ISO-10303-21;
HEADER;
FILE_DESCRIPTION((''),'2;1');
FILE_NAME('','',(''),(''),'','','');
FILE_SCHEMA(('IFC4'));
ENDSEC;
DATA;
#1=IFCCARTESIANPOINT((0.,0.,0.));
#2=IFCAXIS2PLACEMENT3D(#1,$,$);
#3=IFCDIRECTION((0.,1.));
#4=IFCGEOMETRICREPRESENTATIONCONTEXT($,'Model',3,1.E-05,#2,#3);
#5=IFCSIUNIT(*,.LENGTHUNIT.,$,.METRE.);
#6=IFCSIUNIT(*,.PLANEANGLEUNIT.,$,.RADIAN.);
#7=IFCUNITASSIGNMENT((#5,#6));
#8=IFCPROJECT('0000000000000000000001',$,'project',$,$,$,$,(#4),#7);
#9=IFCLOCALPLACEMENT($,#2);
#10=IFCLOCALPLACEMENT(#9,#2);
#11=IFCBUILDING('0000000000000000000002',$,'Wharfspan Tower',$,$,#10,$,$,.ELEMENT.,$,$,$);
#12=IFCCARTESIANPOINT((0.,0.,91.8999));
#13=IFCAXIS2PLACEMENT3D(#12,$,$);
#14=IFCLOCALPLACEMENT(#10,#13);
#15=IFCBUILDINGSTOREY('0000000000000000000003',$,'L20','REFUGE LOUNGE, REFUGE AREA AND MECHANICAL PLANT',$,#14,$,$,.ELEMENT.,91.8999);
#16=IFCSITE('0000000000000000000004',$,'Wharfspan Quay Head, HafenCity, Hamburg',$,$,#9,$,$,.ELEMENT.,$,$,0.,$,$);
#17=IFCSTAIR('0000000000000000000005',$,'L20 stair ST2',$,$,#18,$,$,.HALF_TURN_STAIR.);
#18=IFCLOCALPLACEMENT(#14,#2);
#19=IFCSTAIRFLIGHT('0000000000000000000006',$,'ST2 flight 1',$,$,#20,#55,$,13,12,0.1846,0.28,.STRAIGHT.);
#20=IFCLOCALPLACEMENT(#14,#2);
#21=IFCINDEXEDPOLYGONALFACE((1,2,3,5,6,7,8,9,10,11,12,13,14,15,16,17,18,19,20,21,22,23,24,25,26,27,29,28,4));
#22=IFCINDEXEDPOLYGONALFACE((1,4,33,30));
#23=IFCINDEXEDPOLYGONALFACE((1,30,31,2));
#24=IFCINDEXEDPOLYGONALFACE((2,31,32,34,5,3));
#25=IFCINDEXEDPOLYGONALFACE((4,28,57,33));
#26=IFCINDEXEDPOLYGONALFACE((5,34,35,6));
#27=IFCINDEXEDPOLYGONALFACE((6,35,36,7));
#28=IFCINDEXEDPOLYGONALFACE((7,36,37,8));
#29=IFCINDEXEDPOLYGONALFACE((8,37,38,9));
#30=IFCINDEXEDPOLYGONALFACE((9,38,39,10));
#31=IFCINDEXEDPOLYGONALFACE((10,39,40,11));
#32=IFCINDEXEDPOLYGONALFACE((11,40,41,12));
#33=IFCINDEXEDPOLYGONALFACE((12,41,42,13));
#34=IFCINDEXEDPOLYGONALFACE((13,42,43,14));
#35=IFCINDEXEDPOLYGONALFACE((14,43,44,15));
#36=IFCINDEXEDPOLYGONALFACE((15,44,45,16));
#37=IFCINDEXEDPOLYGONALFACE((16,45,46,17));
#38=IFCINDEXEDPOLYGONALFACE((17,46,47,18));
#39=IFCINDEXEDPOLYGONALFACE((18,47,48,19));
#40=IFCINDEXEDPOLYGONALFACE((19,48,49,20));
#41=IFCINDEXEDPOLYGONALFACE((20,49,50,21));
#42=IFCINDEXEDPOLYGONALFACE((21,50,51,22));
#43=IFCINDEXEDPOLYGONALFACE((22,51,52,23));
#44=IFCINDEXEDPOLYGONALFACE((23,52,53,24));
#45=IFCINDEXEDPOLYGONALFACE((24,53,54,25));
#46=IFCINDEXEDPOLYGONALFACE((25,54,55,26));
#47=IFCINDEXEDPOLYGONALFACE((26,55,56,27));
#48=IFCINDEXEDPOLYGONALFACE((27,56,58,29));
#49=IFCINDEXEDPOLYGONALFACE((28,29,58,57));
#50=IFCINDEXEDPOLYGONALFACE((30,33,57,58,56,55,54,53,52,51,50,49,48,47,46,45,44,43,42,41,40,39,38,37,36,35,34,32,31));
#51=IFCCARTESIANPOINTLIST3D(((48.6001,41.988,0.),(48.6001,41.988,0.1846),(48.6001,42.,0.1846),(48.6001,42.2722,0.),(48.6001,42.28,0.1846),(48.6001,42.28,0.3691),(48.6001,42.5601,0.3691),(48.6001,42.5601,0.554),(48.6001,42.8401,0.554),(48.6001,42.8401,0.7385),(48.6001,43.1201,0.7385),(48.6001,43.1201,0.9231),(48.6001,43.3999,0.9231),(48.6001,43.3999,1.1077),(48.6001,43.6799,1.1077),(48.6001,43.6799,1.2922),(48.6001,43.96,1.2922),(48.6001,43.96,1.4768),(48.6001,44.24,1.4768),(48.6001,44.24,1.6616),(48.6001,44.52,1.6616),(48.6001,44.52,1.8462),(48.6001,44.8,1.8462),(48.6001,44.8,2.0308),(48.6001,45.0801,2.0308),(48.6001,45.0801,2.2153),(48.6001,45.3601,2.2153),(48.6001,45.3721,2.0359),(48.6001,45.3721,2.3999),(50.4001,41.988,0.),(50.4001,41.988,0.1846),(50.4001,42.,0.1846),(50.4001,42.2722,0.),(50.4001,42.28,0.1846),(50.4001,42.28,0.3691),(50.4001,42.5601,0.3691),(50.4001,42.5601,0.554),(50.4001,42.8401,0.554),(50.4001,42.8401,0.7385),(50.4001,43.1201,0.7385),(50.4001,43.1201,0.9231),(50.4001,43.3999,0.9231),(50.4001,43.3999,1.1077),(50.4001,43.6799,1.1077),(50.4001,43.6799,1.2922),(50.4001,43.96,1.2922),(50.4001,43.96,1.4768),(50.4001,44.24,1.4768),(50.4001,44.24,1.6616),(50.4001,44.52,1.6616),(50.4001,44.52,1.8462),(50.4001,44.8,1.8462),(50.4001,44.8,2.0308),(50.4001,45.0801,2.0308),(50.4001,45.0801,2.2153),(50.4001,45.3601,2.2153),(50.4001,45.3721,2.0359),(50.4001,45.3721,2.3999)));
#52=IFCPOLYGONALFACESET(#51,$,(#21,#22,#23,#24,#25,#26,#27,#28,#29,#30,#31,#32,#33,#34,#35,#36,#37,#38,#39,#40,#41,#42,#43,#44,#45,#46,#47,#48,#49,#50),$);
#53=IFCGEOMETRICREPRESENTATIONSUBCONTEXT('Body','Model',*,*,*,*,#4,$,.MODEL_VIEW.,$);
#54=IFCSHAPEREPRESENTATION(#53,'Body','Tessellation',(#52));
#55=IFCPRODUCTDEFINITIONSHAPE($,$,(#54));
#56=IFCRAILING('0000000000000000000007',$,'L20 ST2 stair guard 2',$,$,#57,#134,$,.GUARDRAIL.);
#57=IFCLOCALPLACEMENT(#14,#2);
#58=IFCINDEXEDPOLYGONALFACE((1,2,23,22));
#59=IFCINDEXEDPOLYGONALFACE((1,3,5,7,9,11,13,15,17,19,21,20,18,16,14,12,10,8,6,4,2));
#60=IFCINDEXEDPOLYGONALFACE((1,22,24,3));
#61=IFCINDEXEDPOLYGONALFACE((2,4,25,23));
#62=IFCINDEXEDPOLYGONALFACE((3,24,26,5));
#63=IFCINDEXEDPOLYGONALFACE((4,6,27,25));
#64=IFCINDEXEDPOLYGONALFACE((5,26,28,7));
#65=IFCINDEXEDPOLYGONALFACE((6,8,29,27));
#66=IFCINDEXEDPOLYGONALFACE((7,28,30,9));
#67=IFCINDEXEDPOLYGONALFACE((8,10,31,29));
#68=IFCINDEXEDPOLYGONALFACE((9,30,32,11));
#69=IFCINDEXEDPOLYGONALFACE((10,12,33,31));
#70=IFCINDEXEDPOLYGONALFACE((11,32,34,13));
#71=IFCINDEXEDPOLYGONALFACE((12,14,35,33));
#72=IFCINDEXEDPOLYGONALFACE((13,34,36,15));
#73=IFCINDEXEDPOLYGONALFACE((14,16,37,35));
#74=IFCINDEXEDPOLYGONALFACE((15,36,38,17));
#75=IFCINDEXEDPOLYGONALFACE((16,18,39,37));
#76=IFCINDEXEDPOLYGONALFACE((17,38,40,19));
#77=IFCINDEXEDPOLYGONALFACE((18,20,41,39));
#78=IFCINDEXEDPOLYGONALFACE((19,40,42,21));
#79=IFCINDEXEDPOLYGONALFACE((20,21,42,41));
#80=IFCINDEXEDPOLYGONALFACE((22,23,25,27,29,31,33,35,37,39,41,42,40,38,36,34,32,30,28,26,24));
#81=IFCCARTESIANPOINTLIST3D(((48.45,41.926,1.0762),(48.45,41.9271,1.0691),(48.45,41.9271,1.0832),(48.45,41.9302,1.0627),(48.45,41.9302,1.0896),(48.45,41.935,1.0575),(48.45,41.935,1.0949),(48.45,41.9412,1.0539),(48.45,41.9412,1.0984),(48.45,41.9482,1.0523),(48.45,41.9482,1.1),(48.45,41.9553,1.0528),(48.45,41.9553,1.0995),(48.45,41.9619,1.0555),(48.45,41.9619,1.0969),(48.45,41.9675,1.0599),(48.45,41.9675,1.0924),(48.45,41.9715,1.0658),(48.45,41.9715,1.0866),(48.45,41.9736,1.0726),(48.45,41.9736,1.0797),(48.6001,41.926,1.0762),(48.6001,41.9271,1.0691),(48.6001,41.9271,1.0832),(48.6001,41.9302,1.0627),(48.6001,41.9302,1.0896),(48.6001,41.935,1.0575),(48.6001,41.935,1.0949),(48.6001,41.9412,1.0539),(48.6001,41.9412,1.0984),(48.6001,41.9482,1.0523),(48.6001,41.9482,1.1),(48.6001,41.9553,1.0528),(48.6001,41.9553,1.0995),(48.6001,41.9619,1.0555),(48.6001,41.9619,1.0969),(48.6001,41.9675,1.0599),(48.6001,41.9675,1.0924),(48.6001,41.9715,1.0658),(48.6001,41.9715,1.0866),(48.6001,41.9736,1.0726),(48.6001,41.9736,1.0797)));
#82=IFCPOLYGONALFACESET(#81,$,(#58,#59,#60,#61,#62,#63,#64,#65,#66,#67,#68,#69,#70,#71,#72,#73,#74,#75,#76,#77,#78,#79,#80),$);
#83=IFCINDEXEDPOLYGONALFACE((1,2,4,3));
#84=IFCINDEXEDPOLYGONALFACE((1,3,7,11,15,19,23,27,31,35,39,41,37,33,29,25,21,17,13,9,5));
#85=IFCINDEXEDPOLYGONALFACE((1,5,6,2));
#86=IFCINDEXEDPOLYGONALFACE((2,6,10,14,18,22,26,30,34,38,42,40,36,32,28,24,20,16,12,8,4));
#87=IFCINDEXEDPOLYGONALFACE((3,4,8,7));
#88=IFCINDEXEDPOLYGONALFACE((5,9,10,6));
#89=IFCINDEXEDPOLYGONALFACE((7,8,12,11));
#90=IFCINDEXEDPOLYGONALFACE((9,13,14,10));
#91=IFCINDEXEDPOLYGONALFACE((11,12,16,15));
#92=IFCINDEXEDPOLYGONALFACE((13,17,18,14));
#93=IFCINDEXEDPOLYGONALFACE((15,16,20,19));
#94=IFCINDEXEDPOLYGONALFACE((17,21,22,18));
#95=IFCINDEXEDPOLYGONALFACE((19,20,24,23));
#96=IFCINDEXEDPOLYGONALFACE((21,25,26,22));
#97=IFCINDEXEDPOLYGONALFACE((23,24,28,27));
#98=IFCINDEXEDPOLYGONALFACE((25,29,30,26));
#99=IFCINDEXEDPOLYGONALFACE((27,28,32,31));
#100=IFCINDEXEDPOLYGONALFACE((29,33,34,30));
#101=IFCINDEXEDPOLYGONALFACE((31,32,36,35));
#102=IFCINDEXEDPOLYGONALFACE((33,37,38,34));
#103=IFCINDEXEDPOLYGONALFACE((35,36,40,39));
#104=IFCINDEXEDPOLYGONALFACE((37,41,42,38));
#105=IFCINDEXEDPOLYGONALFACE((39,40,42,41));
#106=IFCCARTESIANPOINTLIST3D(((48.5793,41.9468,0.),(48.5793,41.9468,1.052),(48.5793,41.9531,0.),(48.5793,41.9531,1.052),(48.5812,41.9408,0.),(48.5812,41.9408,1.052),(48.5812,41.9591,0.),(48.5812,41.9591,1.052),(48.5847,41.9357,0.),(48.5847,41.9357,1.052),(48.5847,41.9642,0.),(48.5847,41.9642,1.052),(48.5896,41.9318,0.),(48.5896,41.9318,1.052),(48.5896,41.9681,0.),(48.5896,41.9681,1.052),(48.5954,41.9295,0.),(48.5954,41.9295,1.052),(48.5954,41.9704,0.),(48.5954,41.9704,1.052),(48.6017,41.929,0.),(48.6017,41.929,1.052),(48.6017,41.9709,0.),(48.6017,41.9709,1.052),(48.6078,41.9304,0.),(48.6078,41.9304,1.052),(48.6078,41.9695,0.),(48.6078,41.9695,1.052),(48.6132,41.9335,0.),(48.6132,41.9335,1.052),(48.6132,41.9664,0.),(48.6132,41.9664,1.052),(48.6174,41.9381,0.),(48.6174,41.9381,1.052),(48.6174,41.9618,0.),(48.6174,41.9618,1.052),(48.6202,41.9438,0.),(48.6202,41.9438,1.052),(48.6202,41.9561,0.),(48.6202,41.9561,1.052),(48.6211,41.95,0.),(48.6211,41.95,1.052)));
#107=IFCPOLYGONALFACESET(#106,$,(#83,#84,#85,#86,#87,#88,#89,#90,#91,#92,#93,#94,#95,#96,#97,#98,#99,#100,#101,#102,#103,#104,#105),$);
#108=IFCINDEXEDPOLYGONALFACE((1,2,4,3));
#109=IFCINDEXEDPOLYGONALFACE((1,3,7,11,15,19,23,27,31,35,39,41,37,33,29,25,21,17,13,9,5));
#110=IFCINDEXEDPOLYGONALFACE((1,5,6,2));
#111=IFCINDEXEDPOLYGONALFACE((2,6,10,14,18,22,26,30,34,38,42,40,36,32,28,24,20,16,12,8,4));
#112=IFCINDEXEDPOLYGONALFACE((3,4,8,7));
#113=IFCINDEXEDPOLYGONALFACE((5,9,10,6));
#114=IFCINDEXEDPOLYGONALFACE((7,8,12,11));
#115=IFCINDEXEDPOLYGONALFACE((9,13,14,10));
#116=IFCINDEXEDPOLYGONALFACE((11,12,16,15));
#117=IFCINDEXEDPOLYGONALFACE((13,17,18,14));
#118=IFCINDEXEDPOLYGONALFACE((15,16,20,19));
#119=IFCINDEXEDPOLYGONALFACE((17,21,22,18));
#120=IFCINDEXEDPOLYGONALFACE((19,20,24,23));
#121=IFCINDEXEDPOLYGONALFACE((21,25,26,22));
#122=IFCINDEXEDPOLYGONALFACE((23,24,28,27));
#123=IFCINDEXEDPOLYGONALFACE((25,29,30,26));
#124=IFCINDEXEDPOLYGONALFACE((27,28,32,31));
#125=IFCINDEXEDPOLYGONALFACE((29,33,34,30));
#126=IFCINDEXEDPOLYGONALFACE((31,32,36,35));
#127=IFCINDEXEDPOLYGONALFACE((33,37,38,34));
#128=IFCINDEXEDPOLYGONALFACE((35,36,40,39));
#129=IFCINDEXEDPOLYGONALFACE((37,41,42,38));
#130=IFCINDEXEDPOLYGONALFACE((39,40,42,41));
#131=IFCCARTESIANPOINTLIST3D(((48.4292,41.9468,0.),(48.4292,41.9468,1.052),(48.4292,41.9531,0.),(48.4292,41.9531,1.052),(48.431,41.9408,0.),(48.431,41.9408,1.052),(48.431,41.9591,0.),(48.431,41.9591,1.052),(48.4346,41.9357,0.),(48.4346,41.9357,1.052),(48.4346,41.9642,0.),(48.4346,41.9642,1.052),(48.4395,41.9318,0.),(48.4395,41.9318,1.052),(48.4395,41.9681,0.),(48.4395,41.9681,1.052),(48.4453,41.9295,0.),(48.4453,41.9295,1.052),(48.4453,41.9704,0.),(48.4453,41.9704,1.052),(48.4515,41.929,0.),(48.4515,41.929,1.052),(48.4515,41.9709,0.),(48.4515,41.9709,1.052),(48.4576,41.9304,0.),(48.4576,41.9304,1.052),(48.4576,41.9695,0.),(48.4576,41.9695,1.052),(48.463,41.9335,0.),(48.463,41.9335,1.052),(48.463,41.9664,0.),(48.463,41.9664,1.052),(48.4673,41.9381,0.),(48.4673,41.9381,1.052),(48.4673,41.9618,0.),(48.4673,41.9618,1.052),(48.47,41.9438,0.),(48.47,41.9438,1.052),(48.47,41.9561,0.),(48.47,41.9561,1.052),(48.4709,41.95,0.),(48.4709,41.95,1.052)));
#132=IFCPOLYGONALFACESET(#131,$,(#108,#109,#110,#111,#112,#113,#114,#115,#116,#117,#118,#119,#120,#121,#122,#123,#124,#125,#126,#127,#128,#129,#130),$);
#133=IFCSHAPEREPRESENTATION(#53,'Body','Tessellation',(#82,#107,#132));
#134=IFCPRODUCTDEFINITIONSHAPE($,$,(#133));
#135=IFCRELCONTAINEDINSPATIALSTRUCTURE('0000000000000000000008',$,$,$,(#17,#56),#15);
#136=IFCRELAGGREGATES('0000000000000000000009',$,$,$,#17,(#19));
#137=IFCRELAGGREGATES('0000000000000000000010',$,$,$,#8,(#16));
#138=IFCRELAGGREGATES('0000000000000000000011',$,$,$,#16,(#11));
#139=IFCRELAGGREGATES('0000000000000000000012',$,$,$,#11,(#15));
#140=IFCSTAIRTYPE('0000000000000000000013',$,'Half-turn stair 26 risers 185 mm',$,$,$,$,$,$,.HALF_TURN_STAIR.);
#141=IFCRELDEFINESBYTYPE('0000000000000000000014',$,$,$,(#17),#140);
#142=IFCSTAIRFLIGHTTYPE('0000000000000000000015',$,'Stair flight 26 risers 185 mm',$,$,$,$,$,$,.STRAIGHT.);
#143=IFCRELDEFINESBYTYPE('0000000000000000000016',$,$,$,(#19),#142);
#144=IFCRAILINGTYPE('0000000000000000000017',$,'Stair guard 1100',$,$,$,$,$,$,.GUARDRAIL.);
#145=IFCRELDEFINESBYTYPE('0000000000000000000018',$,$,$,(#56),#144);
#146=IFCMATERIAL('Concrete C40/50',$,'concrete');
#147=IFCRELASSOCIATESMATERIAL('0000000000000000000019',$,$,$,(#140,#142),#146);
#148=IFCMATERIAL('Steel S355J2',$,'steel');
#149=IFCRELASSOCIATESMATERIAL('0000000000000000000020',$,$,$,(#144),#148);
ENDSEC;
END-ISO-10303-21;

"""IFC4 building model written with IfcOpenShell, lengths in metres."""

from ifc_helpers import new_model, si_unit, direction, frame, origin, origin_2d, place, context, subcontext, project, spatial, polyline, circle, outline, extrude, material, type_object, element, aggregate, save


model = new_model("IFC4")

# Units and contexts
model_context = context("Model", 3, precision=1e-05, world=origin(), true_north=direction((0.0, 1.0)))
body_context = subcontext(model_context, "Body", "Model", "MODEL_VIEW")
ifc_project = project(units=[si_unit("LENGTHUNIT", "METRE"), si_unit("PLANEANGLEUNIT", "RADIAN")], contexts=[model_context])

# Site, building, storey
site_placement = place(None, origin())
site = spatial("IfcSite", under=ifc_project, at=site_placement, Name="Wharfspan Quay Head, HafenCity, Hamburg", CompositionType="ELEMENT", RefElevation=0.0)
building_placement = place(site_placement, origin())
building = spatial("IfcBuilding", under=site, at=building_placement, Name="Wharfspan Tower", CompositionType="ELEMENT")
storey_placement = place(building_placement, frame((0.0, 0.0, 91.8999)))
storey = spatial("IfcBuildingStorey", under=building, at=storey_placement, Name="L20", Description="REFUGE LOUNGE, REFUGE AREA AND MECHANICAL PLANT", CompositionType="ELEMENT", Elevation=91.8999)

# Shared definitions
ifc_material_1 = material(Name="Steel S355J2", Category="steel")

# Shared definitions
ifc_material_2 = material(Name="Concrete C40/50", Category="concrete")

# Stair, stair flight
stair_type = type_object("IfcStairType", Name="Half-turn stair 26 risers 185 mm", PredefinedType="HALF_TURN_STAIR", material=ifc_material_2)
stair_placement = place(storey_placement, origin())
stair = element("IfcStair", 1, at=stair_placement, inside=storey, type_object=stair_type, Name="L20 stair ST2", PredefinedType="HALF_TURN_STAIR")
stair_flight_type = type_object("IfcStairFlightType", Name="Stair flight 26 risers 185 mm", PredefinedType="STRAIGHT", material=ifc_material_2)
stair_flight_placement = place(storey_placement, frame((49.5, 42.0, 0.0), z_axis=(0.0, 0.0, 1.0), x_axis=(0.0, 1.0, 0.0)))
stair_flight = element("IfcStairFlight", 2, at=stair_flight_placement, type_object=stair_flight_type, Name="ST2 flight 1", NumberOfRisers=13, NumberOfTreads=12, PredefinedType="STRAIGHT", RiserHeight=0.1846, TreadLength=0.28, context=body_context, shape_type="SweptSolid", body=[
    extrude(outline(polyline([(-0.012, 0.0), (-0.012, 0.1846), (0.0, 0.1846), (0.28, 0.1846), (0.28, 0.3691), (0.5601, 0.3691), (0.5601, 0.554), (0.8401, 0.554), (0.8401, 0.7385), (1.1201, 0.7385), (1.1201, 0.9231), (1.3999, 0.9231), (1.3999, 1.1077), (1.6799, 1.1077), (1.6799, 1.2922), (1.96, 1.2922), (1.96, 1.4768), (2.24, 1.4768), (2.24, 1.6616), (2.52, 1.6616), (2.52, 1.8462), (2.8, 1.8462), (2.8, 2.0308), (3.0801, 2.0308), (3.0801, 2.2153), (3.3601, 2.2153), (3.3721, 2.3999), (3.3721, 2.0359), (0.2722, 0.0), (-0.012, 0.0)])), frame((0.0, 0.8999, 0.0), z_axis=(0.0, -1.0, 0.0), x_axis=(1.0, 0.0, 0.0)), (0.0, 0.0, 1.0), 1.8),
])
aggregate(stair, [stair_flight])

# Railing
railing_type_1 = type_object("IfcRailingType", Name="Stair guard 1100", PredefinedType="GUARDRAIL", material=ifc_material_1)
railing_1_placement = place(storey_placement, frame((48.6001, 41.95, 0.0)))
element("IfcRailing", 3, at=railing_1_placement, inside=storey, type_object=railing_type_1, Name="L20 ST2 stair guard 2", PredefinedType="GUARDRAIL", context=body_context, shape_type="SweptSolid", body=[
    extrude(circle(Radius=0.0239, at=origin_2d()), frame((0.0, 0.0, 1.0762), z_axis=(-1.0, 0.0, 0.0), x_axis=(0.0, -1.0, 0.0)), (0.0, 0.0, 1.0), 0.1501),
    extrude(circle(Radius=0.021, at=origin_2d()), origin(), (0.0, 0.0, 1.0), 1.052),
    extrude(circle(Radius=0.021, at=origin_2d()), frame((-0.1501, 0.0, 0.0)), (0.0, 0.0, 1.0), 1.052),
])

save(model, "model.ifc")
